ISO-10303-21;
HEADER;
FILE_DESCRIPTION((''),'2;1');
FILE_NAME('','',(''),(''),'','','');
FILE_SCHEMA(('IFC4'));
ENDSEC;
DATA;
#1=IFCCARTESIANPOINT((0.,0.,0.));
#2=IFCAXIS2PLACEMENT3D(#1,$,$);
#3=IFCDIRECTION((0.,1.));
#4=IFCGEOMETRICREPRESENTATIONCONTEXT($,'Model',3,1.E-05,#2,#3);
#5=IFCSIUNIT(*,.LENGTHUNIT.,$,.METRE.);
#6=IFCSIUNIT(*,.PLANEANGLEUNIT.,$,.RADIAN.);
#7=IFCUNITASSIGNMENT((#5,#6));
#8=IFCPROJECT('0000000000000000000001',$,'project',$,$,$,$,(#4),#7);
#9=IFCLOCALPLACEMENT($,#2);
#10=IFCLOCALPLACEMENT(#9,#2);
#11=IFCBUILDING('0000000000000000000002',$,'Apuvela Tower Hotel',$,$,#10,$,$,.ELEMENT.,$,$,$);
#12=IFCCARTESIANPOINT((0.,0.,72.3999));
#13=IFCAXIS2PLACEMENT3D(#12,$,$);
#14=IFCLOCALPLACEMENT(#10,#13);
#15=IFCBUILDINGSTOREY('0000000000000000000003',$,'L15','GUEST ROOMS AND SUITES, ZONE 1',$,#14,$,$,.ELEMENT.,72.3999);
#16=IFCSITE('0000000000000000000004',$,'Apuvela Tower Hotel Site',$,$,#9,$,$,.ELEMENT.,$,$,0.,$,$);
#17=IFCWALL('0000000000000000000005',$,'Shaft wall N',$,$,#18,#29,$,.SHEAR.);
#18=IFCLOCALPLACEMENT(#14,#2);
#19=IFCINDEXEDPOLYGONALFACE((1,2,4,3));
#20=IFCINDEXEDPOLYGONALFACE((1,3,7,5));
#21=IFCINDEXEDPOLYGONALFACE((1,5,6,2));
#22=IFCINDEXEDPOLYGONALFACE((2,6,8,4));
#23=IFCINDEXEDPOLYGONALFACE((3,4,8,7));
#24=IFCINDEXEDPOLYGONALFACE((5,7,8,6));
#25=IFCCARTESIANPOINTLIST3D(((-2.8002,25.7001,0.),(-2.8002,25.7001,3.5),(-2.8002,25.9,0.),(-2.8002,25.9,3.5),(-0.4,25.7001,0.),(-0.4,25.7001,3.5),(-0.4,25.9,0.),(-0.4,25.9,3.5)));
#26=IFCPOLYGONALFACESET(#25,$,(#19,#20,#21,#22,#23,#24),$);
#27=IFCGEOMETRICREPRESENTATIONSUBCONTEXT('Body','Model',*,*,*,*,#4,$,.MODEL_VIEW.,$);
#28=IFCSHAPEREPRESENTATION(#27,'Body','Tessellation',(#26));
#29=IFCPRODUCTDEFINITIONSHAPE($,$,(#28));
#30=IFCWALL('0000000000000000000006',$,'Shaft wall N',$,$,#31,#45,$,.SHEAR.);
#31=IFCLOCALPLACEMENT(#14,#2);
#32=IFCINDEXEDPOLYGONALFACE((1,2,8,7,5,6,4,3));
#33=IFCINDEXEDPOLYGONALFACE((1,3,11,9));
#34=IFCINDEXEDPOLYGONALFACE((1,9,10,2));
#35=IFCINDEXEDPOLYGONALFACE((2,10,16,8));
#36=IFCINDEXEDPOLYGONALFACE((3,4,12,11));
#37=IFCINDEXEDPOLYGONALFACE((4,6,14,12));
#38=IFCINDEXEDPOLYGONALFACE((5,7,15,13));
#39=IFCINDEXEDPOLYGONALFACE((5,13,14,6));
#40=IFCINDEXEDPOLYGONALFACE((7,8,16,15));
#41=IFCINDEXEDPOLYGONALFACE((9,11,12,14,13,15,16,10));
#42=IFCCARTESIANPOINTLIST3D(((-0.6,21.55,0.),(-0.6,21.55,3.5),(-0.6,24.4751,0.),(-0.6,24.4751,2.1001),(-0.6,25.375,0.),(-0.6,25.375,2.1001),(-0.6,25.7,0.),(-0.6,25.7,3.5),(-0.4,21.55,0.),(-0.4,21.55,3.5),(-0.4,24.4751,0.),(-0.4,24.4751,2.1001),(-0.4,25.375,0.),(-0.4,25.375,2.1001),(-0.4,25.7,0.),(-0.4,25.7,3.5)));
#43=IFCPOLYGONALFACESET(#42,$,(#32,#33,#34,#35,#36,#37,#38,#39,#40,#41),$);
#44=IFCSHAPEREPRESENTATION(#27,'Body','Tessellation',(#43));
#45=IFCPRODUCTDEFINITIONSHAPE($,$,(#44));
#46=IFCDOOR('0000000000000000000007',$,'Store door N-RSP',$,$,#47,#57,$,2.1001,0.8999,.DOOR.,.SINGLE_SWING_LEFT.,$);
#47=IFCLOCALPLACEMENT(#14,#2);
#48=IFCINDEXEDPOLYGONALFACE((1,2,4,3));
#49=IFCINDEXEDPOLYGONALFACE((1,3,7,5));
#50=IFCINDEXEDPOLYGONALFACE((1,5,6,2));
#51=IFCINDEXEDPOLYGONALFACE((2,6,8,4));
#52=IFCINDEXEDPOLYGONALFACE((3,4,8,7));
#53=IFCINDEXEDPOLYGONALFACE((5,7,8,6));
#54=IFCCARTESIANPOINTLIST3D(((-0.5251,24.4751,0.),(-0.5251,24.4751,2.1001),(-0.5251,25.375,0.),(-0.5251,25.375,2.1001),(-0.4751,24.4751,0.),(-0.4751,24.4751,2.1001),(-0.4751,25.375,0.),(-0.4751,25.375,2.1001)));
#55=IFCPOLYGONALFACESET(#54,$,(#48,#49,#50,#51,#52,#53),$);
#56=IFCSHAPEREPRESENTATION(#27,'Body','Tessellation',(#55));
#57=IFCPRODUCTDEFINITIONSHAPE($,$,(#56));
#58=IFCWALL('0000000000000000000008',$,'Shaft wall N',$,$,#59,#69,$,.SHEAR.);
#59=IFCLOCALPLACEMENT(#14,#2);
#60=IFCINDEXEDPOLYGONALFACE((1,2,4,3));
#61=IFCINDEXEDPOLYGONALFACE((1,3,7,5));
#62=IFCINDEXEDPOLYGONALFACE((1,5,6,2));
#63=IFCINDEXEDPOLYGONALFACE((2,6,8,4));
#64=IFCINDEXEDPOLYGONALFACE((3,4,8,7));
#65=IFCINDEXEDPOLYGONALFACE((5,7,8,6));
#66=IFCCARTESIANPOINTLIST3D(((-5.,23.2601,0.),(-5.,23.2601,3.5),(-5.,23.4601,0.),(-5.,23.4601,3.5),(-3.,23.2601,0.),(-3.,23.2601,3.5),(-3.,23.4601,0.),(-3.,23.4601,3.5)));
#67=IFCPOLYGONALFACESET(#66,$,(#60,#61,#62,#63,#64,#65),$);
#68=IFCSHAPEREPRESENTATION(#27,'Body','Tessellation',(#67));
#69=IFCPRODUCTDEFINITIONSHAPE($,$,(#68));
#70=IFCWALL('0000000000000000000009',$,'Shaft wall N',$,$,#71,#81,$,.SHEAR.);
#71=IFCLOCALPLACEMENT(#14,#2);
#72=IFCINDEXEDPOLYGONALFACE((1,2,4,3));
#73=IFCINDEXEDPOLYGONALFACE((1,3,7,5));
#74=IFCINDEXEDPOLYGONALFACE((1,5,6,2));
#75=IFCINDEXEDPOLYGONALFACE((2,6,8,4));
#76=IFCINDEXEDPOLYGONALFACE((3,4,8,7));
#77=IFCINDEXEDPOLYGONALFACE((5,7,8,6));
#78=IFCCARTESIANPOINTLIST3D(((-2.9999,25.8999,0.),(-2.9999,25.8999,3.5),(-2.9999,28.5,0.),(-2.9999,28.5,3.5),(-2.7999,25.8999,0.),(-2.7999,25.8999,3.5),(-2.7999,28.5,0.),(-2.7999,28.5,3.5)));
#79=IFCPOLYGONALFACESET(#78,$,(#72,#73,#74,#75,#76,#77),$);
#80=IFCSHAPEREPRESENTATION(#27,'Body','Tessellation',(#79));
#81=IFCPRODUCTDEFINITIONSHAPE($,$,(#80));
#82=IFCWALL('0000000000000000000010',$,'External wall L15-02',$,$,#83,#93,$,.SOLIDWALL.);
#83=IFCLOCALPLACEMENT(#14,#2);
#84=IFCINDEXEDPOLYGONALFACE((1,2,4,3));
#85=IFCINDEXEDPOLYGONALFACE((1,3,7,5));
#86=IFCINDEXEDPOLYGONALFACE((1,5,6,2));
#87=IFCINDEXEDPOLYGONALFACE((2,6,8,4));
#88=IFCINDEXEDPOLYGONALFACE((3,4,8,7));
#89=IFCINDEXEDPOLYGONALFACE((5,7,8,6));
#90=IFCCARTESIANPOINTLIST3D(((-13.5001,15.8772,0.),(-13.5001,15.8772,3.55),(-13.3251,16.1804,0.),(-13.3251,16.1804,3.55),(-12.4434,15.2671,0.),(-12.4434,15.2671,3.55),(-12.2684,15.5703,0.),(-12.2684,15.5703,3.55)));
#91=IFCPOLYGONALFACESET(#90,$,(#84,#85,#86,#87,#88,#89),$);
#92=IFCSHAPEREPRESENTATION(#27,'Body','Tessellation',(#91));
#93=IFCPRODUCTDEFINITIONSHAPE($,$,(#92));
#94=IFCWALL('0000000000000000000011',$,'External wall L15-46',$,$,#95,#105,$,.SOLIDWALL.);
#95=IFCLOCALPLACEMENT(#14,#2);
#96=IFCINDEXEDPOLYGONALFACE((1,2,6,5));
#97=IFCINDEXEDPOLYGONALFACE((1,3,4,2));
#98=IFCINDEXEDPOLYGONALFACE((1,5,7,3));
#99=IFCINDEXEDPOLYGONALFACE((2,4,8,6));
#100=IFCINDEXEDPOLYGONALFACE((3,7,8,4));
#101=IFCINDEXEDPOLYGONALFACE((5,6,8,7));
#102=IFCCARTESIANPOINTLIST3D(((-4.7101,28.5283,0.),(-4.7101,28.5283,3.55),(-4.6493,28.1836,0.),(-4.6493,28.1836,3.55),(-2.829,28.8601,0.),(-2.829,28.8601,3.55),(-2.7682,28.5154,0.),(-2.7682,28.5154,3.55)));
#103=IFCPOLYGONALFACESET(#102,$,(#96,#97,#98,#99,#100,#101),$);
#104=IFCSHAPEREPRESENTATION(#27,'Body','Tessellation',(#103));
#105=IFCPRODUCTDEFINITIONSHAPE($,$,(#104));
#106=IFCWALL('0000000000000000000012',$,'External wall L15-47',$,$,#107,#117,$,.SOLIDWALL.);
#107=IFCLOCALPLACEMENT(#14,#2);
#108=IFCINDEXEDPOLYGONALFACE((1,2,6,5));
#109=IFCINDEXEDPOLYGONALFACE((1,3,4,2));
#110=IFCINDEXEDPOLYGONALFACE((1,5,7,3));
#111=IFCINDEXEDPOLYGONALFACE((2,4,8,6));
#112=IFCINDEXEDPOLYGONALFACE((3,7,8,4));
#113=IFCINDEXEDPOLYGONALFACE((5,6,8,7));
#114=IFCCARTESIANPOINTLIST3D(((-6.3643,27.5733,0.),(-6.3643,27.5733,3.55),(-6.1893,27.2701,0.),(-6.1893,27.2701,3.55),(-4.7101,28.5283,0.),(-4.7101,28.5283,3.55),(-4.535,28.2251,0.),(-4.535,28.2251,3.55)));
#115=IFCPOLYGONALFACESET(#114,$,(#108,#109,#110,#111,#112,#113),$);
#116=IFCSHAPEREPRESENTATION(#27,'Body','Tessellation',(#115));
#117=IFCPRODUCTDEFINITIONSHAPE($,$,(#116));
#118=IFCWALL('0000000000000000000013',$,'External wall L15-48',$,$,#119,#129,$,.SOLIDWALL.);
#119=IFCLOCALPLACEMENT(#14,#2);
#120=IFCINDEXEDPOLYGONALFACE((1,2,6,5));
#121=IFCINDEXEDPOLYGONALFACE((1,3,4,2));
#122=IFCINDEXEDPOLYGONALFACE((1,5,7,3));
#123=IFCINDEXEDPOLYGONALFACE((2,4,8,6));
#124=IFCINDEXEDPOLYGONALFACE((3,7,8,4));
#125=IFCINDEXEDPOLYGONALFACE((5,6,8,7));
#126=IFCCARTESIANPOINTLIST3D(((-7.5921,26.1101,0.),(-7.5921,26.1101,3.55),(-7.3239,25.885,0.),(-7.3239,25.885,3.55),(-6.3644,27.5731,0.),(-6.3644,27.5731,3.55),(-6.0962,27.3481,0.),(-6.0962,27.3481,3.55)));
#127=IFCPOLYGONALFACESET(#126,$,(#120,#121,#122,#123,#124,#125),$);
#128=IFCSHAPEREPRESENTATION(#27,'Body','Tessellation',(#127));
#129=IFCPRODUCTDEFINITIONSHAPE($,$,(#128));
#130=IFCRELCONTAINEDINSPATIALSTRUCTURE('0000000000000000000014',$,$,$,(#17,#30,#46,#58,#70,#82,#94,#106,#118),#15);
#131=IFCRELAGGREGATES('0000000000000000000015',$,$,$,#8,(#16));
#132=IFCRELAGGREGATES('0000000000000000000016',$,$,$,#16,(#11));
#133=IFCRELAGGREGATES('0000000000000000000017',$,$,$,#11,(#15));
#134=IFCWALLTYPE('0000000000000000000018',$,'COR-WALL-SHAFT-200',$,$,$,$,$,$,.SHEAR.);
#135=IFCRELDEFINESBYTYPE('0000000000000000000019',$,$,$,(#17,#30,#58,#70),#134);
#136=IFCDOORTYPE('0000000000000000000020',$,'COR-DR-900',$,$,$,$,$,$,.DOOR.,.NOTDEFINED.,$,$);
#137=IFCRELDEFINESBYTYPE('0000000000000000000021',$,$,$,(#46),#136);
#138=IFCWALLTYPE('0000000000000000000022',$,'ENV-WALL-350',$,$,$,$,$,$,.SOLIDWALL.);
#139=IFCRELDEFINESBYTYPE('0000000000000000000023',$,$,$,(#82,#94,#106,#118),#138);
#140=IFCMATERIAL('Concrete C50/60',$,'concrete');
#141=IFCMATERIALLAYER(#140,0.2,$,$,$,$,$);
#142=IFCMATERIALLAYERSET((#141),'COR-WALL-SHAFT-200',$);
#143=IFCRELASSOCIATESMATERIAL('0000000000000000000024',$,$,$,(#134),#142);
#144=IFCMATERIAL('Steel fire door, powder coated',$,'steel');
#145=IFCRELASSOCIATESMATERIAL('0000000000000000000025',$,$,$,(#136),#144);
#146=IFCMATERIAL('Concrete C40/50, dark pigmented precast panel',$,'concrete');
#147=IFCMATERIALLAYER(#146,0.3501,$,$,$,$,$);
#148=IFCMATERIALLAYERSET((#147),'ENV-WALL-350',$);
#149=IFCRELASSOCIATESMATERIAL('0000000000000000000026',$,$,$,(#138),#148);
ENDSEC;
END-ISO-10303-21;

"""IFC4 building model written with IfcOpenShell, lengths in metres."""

from ifc_helpers import new_model, si_unit, direction, frame, frame_2d, origin, place, context, subcontext, project, spatial, rectangle, extrude, material, layer, layer_set, type_object, element, fill, save


model = new_model("IFC4")

# Units and contexts
model_context = context("Model", 3, precision=1e-05, world=origin(), true_north=direction((0.0, 1.0)))
body_context = subcontext(model_context, "Body", "Model", "MODEL_VIEW")
ifc_project = project(units=[si_unit("LENGTHUNIT", "METRE"), si_unit("PLANEANGLEUNIT", "RADIAN")], contexts=[model_context])

# Site, building, storey
site_placement = place(None, origin())
site = spatial("IfcSite", under=ifc_project, at=site_placement, Name="Apuvela Tower Hotel Site", CompositionType="ELEMENT", RefElevation=0.0)
building_placement = place(site_placement, origin())
building = spatial("IfcBuilding", under=site, at=building_placement, Name="Apuvela Tower Hotel", CompositionType="ELEMENT")
storey_placement = place(building_placement, frame((0.0, 0.0, 72.3999)))
storey = spatial("IfcBuildingStorey", under=building, at=storey_placement, Name="L15", Description="GUEST ROOMS AND SUITES, ZONE 1", CompositionType="ELEMENT", Elevation=72.3999)

# Wall
ifc_material_1 = material(Name="Concrete C50/60", Category="concrete")
ifc_layer_1 = layer(ifc_material_1, 0.2)
ifc_layer_set_1 = layer_set([ifc_layer_1], Name="COR-WALL-SHAFT-200")
wall_type_1 = type_object("IfcWallType", Name="COR-WALL-SHAFT-200", PredefinedType="SHEAR", material=ifc_layer_set_1)
wall_1_placement = place(storey_placement, frame((-0.3999, 25.8, 0.0), z_axis=(0.0, 0.0, 1.0), x_axis=(-1.0, 0.0, 0.0)))
element("IfcWall", 1, at=wall_1_placement, inside=storey, type_object=wall_type_1, Name="Shaft wall N", PredefinedType="SHEAR", context=body_context, shape_type="SweptSolid", body=[
    extrude(rectangle(XDim=2.4001, YDim=0.2, at=frame_2d((1.2002, 0.0))), origin(), (0.0, 0.0, 1.0), 3.5),
])

# Wall, opening, door
wall_2_placement = place(storey_placement, frame((-0.5, 21.55, 0.0), z_axis=(0.0, 0.0, 1.0), x_axis=(0.0, 1.0, 0.0)))
wall_2 = element("IfcWall", 2, at=wall_2_placement, inside=storey, type_object=wall_type_1, Name="Shaft wall N", PredefinedType="SHEAR", context=body_context, shape_type="SweptSolid", body=[
    extrude(rectangle(XDim=4.1499, YDim=0.2, at=frame_2d((2.075, 0.0))), origin(), (0.0, 0.0, 1.0), 3.5),
])
opening_1_placement = place(wall_2_placement, frame((2.925, 0.0, 0.0)))
opening_1 = element("IfcOpeningElement", 3, at=opening_1_placement, cuts=wall_2, PredefinedType="OPENING", context=body_context, shape_type="SweptSolid", body=[
    extrude(rectangle(XDim=0.8999, YDim=2.1001, at=frame_2d((0.45, 1.05))), frame((0.0, 0.1099, 0.0), z_axis=(0.0, -1.0, 0.0), x_axis=(1.0, 0.0, 0.0)), (0.0, 0.0, 1.0), 0.22),
])
ifc_material_2 = material(Name="Steel fire door, powder coated", Category="steel")
door_type_1 = type_object("IfcDoorType", Name="COR-DR-900", OperationType="NOTDEFINED", PredefinedType="DOOR", material=ifc_material_2)
door_1_placement = place(opening_1_placement, frame((0.8999, 0.0, 0.0), z_axis=(0.0, 0.0, 1.0), x_axis=(-1.0, 0.0, 0.0)))
door_1 = element("IfcDoor", 4, at=door_1_placement, inside=storey, type_object=door_type_1, Name="Store door N-RSP", OperationType="SINGLE_SWING_LEFT", OverallHeight=2.1001, OverallWidth=0.8999, PredefinedType="DOOR", context=body_context, shape_type="SweptSolid", body=[
    extrude(rectangle(XDim=0.8999, YDim=2.1001, at=frame_2d((0.45, 1.05))), frame((0.0, 0.0249, 0.0), z_axis=(0.0, -1.0, 0.0), x_axis=(1.0, 0.0, 0.0)), (0.0, 0.0, 1.0), 0.05),
])
fill(opening_1, door_1)

# Walls
wall_3_placement = place(storey_placement, frame((-3.0, 23.3601, 0.0), z_axis=(0.0, 0.0, 1.0), x_axis=(-1.0, 0.0, 0.0)))
element("IfcWall", 5, at=wall_3_placement, inside=storey, type_object=wall_type_1, Name="Shaft wall N", PredefinedType="SHEAR", context=body_context, shape_type="SweptSolid", body=[
    extrude(rectangle(XDim=2.0, YDim=0.2, at=frame_2d((1.0, 0.0))), origin(), (0.0, 0.0, 1.0), 3.5),
])
wall_4_placement = place(storey_placement, frame((-2.8999, 25.8999, 0.0), z_axis=(0.0, 0.0, 1.0), x_axis=(0.0, 1.0, 0.0)))
element("IfcWall", 6, at=wall_4_placement, inside=storey, type_object=wall_type_1, Name="Shaft wall N", PredefinedType="SHEAR", context=body_context, shape_type="SweptSolid", body=[
    extrude(rectangle(XDim=2.6001, YDim=0.2, at=frame_2d((1.3, 0.0))), origin(), (0.0, 0.0, 1.0), 3.5),
])

# Shared definitions
ifc_material_3 = material(Name="Concrete C40/50, dark pigmented precast panel", Category="concrete")
ifc_layer_2 = layer(ifc_material_3, 0.3501)
ifc_layer_set_2 = layer_set([ifc_layer_2], Name="ENV-WALL-350")
wall_type_2 = type_object("IfcWallType", Name="ENV-WALL-350", PredefinedType="SOLIDWALL", material=ifc_layer_set_2)

# Walls
wall_5_placement = place(storey_placement, frame((-13.4126, 16.0288, 0.0), z_axis=(0.0, 0.0, 1.0), x_axis=(0.866006, -0.500034, 0.0)))
element("IfcWall", 7, at=wall_5_placement, inside=storey, type_object=wall_type_2, Name="External wall L15-02", PredefinedType="SOLIDWALL", context=body_context, shape_type="SweptSolid", body=[
    extrude(rectangle(XDim=1.2202, YDim=0.3501, at=frame_2d((0.6101, 0.0))), origin(), (0.0, 0.0, 1.0), 3.55),
])
for number, where, z_axis, x_axis, name in (
    (8, (-2.7986, 28.6877, 0.0), (0.0, 0.0, 1.0), (-0.984799, -0.173698, 0.0), "External wall L15-46"),
    (9, (-4.6226, 28.3767, 0.0), (0.0, 0.0, 1.0), (-0.866032, -0.499988, 0.0), "External wall L15-47"),
):
    element("IfcWall", number, at=place(storey_placement, frame(where, z_axis=z_axis, x_axis=x_axis)), inside=storey, type_object=wall_type_2, Name=name, PredefinedType="SOLIDWALL", context=body_context, shape_type="SweptSolid", body=[
        extrude(rectangle(XDim=1.9102, YDim=0.3501, at=frame_2d((0.9551, 0.0))), origin(), (0.0, 0.0, 1.0), 3.55),
    ])
wall_6_placement = place(storey_placement, frame((-6.2302, 27.4607, 0.0), z_axis=(0.0, 0.0, 1.0), x_axis=(-0.642808, -0.766027, 0.0)))
element("IfcWall", 10, at=wall_6_placement, inside=storey, type_object=wall_type_2, Name="External wall L15-48", PredefinedType="SOLIDWALL", context=body_context, shape_type="SweptSolid", body=[
    extrude(rectangle(XDim=1.9099, YDim=0.3501, at=frame_2d((0.9551, 0.0))), origin(), (0.0, 0.0, 1.0), 3.55),
])

save(model, "model.ifc")
